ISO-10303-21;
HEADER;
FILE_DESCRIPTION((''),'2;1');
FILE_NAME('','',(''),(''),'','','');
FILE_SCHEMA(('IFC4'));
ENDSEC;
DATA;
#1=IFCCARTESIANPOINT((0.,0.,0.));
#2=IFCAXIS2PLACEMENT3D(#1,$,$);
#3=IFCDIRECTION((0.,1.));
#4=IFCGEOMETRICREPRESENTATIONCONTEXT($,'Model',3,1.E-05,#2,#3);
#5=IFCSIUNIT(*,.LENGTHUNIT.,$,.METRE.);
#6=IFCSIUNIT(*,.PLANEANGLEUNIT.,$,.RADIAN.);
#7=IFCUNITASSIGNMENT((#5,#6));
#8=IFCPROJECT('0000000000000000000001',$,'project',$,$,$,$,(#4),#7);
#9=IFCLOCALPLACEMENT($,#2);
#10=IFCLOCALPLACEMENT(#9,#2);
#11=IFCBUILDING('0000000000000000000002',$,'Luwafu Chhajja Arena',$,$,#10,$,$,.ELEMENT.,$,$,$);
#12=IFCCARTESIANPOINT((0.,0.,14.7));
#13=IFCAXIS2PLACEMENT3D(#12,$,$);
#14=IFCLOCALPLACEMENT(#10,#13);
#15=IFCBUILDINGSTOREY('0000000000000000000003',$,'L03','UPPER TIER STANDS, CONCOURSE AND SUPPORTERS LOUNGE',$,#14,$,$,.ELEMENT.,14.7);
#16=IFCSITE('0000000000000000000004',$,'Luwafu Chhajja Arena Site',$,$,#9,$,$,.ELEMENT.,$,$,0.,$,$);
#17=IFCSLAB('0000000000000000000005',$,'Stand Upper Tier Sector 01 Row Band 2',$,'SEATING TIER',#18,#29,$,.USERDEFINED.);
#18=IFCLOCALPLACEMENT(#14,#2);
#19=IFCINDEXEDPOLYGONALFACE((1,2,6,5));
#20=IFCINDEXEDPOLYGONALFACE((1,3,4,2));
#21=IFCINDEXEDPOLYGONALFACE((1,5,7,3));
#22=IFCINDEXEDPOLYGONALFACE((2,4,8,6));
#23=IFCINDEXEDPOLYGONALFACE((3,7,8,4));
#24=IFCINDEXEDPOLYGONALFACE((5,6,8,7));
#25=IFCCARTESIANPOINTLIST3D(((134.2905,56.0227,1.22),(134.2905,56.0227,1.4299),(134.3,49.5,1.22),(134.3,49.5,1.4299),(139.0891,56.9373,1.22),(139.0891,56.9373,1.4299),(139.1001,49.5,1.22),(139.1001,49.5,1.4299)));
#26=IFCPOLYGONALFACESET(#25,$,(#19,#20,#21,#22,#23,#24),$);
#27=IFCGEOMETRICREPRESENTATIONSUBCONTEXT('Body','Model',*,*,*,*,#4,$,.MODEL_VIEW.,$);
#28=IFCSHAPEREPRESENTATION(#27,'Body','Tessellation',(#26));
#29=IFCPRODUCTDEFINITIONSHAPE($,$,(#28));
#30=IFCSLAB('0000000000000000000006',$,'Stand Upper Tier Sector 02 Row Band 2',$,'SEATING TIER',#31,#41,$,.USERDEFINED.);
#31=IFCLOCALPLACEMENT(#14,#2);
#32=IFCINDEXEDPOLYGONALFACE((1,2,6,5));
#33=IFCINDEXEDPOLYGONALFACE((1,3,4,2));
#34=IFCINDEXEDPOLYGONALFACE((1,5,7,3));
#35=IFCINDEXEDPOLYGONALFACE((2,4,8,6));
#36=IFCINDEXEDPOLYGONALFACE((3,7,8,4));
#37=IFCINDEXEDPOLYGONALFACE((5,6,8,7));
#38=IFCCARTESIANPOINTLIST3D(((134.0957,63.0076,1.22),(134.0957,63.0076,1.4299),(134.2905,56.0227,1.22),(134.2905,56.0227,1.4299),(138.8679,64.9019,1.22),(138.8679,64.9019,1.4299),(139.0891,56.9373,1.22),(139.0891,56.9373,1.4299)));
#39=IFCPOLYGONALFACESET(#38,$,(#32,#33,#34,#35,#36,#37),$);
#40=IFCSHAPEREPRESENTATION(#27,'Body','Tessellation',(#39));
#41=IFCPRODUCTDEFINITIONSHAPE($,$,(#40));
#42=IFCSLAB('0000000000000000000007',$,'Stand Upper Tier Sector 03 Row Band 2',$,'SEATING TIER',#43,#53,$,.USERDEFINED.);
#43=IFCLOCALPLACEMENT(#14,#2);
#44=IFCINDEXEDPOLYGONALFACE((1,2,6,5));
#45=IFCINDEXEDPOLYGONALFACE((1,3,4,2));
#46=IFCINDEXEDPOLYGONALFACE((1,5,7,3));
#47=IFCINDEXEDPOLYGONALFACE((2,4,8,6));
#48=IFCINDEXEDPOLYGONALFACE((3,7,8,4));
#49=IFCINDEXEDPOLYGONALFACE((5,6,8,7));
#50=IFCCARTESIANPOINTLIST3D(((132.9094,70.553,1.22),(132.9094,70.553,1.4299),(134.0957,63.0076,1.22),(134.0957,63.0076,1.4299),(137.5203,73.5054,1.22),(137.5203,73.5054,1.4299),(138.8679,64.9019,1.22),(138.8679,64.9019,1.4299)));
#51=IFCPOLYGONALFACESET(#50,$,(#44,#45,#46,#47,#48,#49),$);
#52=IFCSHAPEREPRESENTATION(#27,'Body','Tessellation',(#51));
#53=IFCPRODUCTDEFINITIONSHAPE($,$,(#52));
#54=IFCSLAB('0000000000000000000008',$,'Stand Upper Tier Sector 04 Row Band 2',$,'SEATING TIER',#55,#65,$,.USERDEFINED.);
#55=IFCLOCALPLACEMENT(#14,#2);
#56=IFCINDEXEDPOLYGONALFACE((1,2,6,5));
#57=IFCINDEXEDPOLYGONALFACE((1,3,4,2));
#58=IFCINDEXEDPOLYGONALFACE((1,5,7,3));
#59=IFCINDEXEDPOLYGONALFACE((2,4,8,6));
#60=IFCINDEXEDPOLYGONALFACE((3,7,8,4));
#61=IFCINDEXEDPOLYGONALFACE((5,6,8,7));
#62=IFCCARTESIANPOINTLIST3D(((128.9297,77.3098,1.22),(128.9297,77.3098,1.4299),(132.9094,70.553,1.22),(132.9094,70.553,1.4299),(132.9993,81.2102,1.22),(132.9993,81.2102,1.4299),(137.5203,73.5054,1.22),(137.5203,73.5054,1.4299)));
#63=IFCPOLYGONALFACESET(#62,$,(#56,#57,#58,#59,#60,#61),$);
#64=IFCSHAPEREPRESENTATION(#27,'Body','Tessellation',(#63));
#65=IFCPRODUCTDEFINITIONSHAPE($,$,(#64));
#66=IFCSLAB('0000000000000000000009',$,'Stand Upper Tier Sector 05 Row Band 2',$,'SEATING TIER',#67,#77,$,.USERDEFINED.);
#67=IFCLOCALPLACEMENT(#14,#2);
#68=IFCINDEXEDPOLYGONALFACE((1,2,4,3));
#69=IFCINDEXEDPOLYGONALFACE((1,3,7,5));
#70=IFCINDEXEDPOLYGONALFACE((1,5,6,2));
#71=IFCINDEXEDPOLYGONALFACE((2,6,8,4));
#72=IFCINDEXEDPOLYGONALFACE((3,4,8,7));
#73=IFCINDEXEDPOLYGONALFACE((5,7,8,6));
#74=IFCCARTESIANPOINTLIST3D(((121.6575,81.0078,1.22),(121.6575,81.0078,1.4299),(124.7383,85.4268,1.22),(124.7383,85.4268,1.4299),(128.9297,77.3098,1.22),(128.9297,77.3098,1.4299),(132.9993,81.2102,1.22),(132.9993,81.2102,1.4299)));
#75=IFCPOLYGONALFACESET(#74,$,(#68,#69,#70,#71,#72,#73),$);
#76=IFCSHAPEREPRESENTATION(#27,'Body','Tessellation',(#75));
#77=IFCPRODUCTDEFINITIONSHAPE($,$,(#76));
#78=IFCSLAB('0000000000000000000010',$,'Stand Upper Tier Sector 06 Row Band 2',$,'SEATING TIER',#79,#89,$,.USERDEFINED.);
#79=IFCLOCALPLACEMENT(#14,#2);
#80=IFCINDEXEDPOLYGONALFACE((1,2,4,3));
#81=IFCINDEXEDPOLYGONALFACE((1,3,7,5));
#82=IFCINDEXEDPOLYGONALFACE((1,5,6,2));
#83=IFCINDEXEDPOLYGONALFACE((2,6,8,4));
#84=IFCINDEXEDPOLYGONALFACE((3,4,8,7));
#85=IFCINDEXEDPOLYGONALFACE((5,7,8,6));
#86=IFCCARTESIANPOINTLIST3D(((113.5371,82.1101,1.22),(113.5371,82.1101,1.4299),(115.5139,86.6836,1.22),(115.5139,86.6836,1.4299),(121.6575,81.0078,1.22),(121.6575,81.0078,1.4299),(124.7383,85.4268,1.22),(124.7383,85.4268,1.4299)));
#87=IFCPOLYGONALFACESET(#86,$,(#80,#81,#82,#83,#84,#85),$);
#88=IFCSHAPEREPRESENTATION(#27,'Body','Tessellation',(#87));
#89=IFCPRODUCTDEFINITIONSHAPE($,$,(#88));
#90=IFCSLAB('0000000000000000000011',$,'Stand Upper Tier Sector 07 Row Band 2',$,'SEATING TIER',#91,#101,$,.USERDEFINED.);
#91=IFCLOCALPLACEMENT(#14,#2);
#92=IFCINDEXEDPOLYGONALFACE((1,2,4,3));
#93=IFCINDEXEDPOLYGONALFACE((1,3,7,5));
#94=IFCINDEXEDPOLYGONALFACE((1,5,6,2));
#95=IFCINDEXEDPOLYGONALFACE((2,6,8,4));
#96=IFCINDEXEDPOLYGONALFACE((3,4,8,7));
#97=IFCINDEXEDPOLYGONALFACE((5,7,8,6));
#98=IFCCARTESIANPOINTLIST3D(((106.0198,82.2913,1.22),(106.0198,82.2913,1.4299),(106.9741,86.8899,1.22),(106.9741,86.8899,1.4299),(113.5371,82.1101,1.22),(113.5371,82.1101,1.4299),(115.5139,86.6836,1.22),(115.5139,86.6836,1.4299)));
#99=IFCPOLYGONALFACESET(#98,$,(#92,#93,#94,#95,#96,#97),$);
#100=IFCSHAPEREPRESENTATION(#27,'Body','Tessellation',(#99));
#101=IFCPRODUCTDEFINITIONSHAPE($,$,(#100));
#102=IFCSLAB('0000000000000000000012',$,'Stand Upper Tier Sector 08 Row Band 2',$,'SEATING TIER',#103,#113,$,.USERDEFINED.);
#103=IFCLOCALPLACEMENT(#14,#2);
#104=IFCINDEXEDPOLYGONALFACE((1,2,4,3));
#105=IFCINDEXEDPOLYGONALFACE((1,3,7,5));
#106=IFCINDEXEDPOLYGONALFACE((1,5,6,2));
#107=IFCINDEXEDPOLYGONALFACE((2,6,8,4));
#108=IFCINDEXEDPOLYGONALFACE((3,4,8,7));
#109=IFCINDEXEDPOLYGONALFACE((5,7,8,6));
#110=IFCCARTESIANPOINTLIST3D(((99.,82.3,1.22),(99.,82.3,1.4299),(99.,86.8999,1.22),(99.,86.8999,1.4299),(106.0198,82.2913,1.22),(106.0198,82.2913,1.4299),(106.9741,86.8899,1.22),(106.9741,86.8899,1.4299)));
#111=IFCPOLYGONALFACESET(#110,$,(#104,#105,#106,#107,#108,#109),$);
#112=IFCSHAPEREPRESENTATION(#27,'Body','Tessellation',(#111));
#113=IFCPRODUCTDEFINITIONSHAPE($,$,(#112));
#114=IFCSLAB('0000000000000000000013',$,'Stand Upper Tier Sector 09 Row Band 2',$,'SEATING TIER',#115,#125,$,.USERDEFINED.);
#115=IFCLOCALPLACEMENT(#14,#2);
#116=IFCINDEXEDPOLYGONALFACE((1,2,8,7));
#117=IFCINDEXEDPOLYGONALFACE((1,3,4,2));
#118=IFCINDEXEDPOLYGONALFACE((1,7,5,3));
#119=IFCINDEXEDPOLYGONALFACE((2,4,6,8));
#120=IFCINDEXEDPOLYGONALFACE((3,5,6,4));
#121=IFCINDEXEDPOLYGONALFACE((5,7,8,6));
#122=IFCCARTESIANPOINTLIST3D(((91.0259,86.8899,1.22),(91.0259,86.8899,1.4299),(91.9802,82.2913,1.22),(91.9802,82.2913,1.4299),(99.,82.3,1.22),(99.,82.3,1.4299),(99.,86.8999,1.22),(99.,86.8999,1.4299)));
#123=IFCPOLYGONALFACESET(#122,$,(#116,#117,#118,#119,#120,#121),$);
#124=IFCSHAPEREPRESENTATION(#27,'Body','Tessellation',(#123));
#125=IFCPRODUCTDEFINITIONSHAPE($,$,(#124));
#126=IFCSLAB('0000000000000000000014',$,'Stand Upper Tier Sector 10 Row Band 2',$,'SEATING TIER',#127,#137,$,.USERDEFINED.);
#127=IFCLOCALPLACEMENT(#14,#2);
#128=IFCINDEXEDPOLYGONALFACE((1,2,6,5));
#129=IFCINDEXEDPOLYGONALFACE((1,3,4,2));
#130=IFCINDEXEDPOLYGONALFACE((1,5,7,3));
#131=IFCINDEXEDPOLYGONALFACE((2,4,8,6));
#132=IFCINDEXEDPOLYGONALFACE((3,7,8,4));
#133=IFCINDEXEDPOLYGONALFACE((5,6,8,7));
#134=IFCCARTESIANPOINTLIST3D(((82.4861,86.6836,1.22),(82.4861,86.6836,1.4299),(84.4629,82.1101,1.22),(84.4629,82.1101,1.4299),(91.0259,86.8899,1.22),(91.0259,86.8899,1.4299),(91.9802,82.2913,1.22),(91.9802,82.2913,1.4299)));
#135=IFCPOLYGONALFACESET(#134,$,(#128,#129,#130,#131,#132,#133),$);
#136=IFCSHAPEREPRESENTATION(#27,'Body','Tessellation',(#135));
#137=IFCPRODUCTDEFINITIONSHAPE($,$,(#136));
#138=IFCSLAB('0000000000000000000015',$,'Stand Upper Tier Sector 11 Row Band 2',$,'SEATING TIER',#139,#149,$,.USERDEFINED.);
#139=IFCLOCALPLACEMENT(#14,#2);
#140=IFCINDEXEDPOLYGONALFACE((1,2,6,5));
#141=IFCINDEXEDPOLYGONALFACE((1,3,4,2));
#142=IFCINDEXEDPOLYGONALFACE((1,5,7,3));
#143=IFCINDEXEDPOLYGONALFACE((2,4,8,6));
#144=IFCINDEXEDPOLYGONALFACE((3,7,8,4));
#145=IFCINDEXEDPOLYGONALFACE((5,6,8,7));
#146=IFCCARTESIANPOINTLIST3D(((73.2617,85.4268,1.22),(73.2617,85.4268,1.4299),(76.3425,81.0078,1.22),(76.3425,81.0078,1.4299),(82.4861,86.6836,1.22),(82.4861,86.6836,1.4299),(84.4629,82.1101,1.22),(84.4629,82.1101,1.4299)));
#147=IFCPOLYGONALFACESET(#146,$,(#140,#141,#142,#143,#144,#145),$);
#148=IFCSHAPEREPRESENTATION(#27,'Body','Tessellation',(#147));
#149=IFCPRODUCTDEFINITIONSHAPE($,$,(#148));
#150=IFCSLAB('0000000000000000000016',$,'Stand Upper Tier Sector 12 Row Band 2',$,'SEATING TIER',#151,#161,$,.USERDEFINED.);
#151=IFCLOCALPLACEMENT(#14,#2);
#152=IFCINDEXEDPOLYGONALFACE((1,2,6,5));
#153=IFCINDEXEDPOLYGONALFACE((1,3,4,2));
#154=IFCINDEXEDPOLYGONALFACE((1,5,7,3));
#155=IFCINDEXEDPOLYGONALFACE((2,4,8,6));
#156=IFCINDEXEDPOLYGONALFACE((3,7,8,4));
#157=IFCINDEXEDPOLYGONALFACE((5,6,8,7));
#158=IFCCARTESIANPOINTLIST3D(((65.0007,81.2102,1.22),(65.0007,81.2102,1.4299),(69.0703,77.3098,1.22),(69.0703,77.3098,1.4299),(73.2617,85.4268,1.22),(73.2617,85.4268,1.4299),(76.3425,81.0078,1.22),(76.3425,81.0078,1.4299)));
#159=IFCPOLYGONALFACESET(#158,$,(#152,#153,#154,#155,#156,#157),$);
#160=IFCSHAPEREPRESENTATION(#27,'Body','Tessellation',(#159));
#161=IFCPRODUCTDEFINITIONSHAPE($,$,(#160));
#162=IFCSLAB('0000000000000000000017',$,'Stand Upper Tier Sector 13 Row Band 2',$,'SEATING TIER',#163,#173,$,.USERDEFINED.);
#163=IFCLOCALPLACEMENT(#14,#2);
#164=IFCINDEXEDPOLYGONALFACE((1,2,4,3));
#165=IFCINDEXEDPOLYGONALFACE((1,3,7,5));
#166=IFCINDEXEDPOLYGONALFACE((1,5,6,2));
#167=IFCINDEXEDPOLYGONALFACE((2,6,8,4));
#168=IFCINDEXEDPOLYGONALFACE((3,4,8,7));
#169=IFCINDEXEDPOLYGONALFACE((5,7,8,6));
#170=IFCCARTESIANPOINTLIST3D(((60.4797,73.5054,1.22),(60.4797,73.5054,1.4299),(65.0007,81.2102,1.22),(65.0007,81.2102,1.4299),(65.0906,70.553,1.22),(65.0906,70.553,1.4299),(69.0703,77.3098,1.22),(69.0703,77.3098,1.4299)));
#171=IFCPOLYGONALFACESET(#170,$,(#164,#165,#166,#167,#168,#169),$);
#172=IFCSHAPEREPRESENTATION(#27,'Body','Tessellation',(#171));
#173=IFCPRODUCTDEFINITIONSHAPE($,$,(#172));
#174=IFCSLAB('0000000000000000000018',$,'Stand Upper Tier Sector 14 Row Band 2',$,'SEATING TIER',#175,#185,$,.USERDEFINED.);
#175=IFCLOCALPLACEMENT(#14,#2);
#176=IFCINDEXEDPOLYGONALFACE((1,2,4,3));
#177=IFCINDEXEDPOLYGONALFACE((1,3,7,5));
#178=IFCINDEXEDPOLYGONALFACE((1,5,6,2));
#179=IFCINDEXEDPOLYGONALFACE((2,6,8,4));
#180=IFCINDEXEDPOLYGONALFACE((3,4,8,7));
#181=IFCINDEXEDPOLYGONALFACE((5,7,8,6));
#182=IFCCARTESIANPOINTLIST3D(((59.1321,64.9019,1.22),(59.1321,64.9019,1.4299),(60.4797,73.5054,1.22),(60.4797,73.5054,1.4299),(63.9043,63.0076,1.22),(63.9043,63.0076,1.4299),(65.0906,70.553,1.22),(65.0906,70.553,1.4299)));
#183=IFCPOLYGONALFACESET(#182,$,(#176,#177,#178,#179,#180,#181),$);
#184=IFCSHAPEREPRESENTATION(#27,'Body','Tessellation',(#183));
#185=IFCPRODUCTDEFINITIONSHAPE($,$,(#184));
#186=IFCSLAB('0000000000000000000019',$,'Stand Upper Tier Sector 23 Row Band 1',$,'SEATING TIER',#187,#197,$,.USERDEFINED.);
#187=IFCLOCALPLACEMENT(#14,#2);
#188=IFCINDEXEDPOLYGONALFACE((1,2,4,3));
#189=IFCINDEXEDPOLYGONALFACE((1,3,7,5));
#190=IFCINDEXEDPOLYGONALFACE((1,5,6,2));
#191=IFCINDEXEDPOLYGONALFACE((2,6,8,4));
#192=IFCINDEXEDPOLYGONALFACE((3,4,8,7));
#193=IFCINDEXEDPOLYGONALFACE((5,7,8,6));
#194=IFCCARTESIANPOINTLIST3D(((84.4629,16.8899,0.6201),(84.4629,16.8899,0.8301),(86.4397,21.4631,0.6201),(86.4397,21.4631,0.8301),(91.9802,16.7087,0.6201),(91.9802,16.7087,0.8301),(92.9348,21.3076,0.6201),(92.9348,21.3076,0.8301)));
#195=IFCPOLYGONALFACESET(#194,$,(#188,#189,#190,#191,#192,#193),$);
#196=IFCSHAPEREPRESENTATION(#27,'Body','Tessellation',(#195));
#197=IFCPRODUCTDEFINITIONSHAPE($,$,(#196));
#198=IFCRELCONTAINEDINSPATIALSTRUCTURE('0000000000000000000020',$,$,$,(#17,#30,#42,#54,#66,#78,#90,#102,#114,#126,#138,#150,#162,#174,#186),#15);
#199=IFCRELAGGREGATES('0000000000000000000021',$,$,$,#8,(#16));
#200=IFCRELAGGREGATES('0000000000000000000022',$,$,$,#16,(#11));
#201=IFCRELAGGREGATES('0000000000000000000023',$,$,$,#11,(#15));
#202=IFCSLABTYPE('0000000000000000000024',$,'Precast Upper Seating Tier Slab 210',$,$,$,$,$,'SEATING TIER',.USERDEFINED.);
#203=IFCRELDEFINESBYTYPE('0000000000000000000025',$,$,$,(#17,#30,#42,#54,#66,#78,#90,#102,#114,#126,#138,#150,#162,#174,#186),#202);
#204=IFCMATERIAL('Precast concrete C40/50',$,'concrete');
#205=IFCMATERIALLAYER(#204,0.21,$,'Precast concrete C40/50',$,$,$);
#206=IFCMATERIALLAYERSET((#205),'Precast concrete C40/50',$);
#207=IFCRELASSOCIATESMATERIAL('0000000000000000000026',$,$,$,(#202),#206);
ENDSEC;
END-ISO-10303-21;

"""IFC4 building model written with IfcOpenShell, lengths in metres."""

from ifc_helpers import new_model, si_unit, direction, frame, origin, place, context, subcontext, project, spatial, polyline, outline, extrude, material, layer, layer_set, type_object, element, save


model = new_model("IFC4")

# Units and contexts
model_context = context("Model", 3, precision=1e-05, world=origin(), true_north=direction((0.0, 1.0)))
body_context = subcontext(model_context, "Body", "Model", "MODEL_VIEW")
ifc_project = project(units=[si_unit("LENGTHUNIT", "METRE"), si_unit("PLANEANGLEUNIT", "RADIAN")], contexts=[model_context])

# Site, building, storey
site_placement = place(None, origin())
site = spatial("IfcSite", under=ifc_project, at=site_placement, Name="Luwafu Chhajja Arena Site", CompositionType="ELEMENT", RefElevation=0.0)
building_placement = place(site_placement, origin())
building = spatial("IfcBuilding", under=site, at=building_placement, Name="Luwafu Chhajja Arena", CompositionType="ELEMENT")
storey_placement = place(building_placement, frame((0.0, 0.0, 14.7)))
storey = spatial("IfcBuildingStorey", under=building, at=storey_placement, Name="L03", Description="UPPER TIER STANDS, CONCOURSE AND SUPPORTERS LOUNGE", CompositionType="ELEMENT", Elevation=14.7)

# Slabs
ifc_material = material(Name="Precast concrete C40/50", Category="concrete")
ifc_layer = layer(ifc_material, 0.21, Name="Precast concrete C40/50")
ifc_layer_set = layer_set([ifc_layer], Name="Precast concrete C40/50")
slab_type = type_object("IfcSlabType", Name="Precast Upper Seating Tier Slab 210", ElementType="SEATING TIER", PredefinedType="USERDEFINED", material=ifc_layer_set)
slab_1_placement = place(storey_placement, frame((0.0, 0.0, 1.22)))
element("IfcSlab", 1, at=slab_1_placement, inside=storey, type_object=slab_type, Name="Stand Upper Tier Sector 01 Row Band 2", ObjectType="SEATING TIER", PredefinedType="USERDEFINED", context=body_context, shape_type="SweptSolid", body=[
    extrude(outline(polyline([(134.3, 49.5), (134.2905, 56.0227), (139.0891, 56.9373), (139.1001, 49.5), (134.3, 49.5)])), origin(), (0.0, 0.0, 1.0), 0.21),
])
slab_2_placement = place(storey_placement, frame((0.0, 0.0, 1.22)))
element("IfcSlab", 2, at=slab_2_placement, inside=storey, type_object=slab_type, Name="Stand Upper Tier Sector 02 Row Band 2", ObjectType="SEATING TIER", PredefinedType="USERDEFINED", context=body_context, shape_type="SweptSolid", body=[
    extrude(outline(polyline([(134.2905, 56.0227), (134.0957, 63.0076), (138.8679, 64.9019), (139.0891, 56.9373), (134.2905, 56.0227)])), origin(), (0.0, 0.0, 1.0), 0.21),
])
slab_3_placement = place(storey_placement, frame((0.0, 0.0, 1.22)))
element("IfcSlab", 3, at=slab_3_placement, inside=storey, type_object=slab_type, Name="Stand Upper Tier Sector 03 Row Band 2", ObjectType="SEATING TIER", PredefinedType="USERDEFINED", context=body_context, shape_type="SweptSolid", body=[
    extrude(outline(polyline([(134.0957, 63.0076), (132.9094, 70.553), (137.5203, 73.5054), (138.8679, 64.9019), (134.0957, 63.0076)])), origin(), (0.0, 0.0, 1.0), 0.21),
])
slab_4_placement = place(storey_placement, frame((0.0, 0.0, 1.22)))
element("IfcSlab", 4, at=slab_4_placement, inside=storey, type_object=slab_type, Name="Stand Upper Tier Sector 04 Row Band 2", ObjectType="SEATING TIER", PredefinedType="USERDEFINED", context=body_context, shape_type="SweptSolid", body=[
    extrude(outline(polyline([(132.9094, 70.553), (128.9297, 77.3098), (132.9993, 81.2102), (137.5203, 73.5054), (132.9094, 70.553)])), origin(), (0.0, 0.0, 1.0), 0.21),
])
slab_5_placement = place(storey_placement, frame((0.0, 0.0, 1.22)))
element("IfcSlab", 5, at=slab_5_placement, inside=storey, type_object=slab_type, Name="Stand Upper Tier Sector 05 Row Band 2", ObjectType="SEATING TIER", PredefinedType="USERDEFINED", context=body_context, shape_type="SweptSolid", body=[
    extrude(outline(polyline([(128.9297, 77.3098), (121.6575, 81.0078), (124.7383, 85.4268), (132.9993, 81.2102), (128.9297, 77.3098)])), origin(), (0.0, 0.0, 1.0), 0.21),
])
slab_6_placement = place(storey_placement, frame((0.0, 0.0, 1.22)))
element("IfcSlab", 6, at=slab_6_placement, inside=storey, type_object=slab_type, Name="Stand Upper Tier Sector 06 Row Band 2", ObjectType="SEATING TIER", PredefinedType="USERDEFINED", context=body_context, shape_type="SweptSolid", body=[
    extrude(outline(polyline([(121.6575, 81.0078), (113.5371, 82.1101), (115.5139, 86.6836), (124.7383, 85.4268), (121.6575, 81.0078)])), origin(), (0.0, 0.0, 1.0), 0.21),
])
slab_7_placement = place(storey_placement, frame((0.0, 0.0, 1.22)))
element("IfcSlab", 7, at=slab_7_placement, inside=storey, type_object=slab_type, Name="Stand Upper Tier Sector 07 Row Band 2", ObjectType="SEATING TIER", PredefinedType="USERDEFINED", context=body_context, shape_type="SweptSolid", body=[
    extrude(outline(polyline([(113.5371, 82.1101), (106.0198, 82.2913), (106.9741, 86.8899), (115.5139, 86.6836), (113.5371, 82.1101)])), origin(), (0.0, 0.0, 1.0), 0.21),
])
slab_8_placement = place(storey_placement, frame((0.0, 0.0, 1.22)))
element("IfcSlab", 8, at=slab_8_placement, inside=storey, type_object=slab_type, Name="Stand Upper Tier Sector 08 Row Band 2", ObjectType="SEATING TIER", PredefinedType="USERDEFINED", context=body_context, shape_type="SweptSolid", body=[
    extrude(outline(polyline([(106.0198, 82.2913), (99.0, 82.3), (99.0, 86.8999), (106.9741, 86.8899), (106.0198, 82.2913)])), origin(), (0.0, 0.0, 1.0), 0.21),
])
slab_9_placement = place(storey_placement, frame((0.0, 0.0, 1.22)))
element("IfcSlab", 9, at=slab_9_placement, inside=storey, type_object=slab_type, Name="Stand Upper Tier Sector 09 Row Band 2", ObjectType="SEATING TIER", PredefinedType="USERDEFINED", context=body_context, shape_type="SweptSolid", body=[
    extrude(outline(polyline([(99.0, 82.3), (91.9802, 82.2913), (91.0259, 86.8899), (99.0, 86.8999), (99.0, 82.3)])), origin(), (0.0, 0.0, 1.0), 0.21),
])
slab_10_placement = place(storey_placement, frame((0.0, 0.0, 1.22)))
element("IfcSlab", 10, at=slab_10_placement, inside=storey, type_object=slab_type, Name="Stand Upper Tier Sector 10 Row Band 2", ObjectType="SEATING TIER", PredefinedType="USERDEFINED", context=body_context, shape_type="SweptSolid", body=[
    extrude(outline(polyline([(91.9802, 82.2913), (84.4629, 82.1101), (82.4861, 86.6836), (91.0259, 86.8899), (91.9802, 82.2913)])), origin(), (0.0, 0.0, 1.0), 0.21),
])
slab_11_placement = place(storey_placement, frame((0.0, 0.0, 1.22)))
element("IfcSlab", 11, at=slab_11_placement, inside=storey, type_object=slab_type, Name="Stand Upper Tier Sector 11 Row Band 2", ObjectType="SEATING TIER", PredefinedType="USERDEFINED", context=body_context, shape_type="SweptSolid", body=[
    extrude(outline(polyline([(84.4629, 82.1101), (76.3425, 81.0078), (73.2617, 85.4268), (82.4861, 86.6836), (84.4629, 82.1101)])), origin(), (0.0, 0.0, 1.0), 0.21),
])
slab_12_placement = place(storey_placement, frame((0.0, 0.0, 1.22)))
element("IfcSlab", 12, at=slab_12_placement, inside=storey, type_object=slab_type, Name="Stand Upper Tier Sector 12 Row Band 2", ObjectType="SEATING TIER", PredefinedType="USERDEFINED", context=body_context, shape_type="SweptSolid", body=[
    extrude(outline(polyline([(76.3425, 81.0078), (69.0703, 77.3098), (65.0007, 81.2102), (73.2617, 85.4268), (76.3425, 81.0078)])), origin(), (0.0, 0.0, 1.0), 0.21),
])
slab_13_placement = place(storey_placement, frame((0.0, 0.0, 1.22)))
element("IfcSlab", 13, at=slab_13_placement, inside=storey, type_object=slab_type, Name="Stand Upper Tier Sector 13 Row Band 2", ObjectType="SEATING TIER", PredefinedType="USERDEFINED", context=body_context, shape_type="SweptSolid", body=[
    extrude(outline(polyline([(69.0703, 77.3098), (65.0906, 70.553), (60.4797, 73.5054), (65.0007, 81.2102), (69.0703, 77.3098)])), origin(), (0.0, 0.0, 1.0), 0.21),
])
slab_14_placement = place(storey_placement, frame((0.0, 0.0, 1.22)))
element("IfcSlab", 14, at=slab_14_placement, inside=storey, type_object=slab_type, Name="Stand Upper Tier Sector 14 Row Band 2", ObjectType="SEATING TIER", PredefinedType="USERDEFINED", context=body_context, shape_type="SweptSolid", body=[
    extrude(outline(polyline([(65.0906, 70.553), (63.9043, 63.0076), (59.1321, 64.9019), (60.4797, 73.5054), (65.0906, 70.553)])), origin(), (0.0, 0.0, 1.0), 0.21),
])
slab_15_placement = place(storey_placement, frame((0.0, 0.0, 0.6201)))
element("IfcSlab", 15, at=slab_15_placement, inside=storey, type_object=slab_type, Name="Stand Upper Tier Sector 23 Row Band 1", ObjectType="SEATING TIER", PredefinedType="USERDEFINED", context=body_context, shape_type="SweptSolid", body=[
    extrude(outline(polyline([(86.4397, 21.4631), (92.9348, 21.3076), (91.9802, 16.7087), (84.4629, 16.8899), (86.4397, 21.4631)])), origin(), (0.0, 0.0, 1.0), 0.21),
])

save(model, "model.ifc")
